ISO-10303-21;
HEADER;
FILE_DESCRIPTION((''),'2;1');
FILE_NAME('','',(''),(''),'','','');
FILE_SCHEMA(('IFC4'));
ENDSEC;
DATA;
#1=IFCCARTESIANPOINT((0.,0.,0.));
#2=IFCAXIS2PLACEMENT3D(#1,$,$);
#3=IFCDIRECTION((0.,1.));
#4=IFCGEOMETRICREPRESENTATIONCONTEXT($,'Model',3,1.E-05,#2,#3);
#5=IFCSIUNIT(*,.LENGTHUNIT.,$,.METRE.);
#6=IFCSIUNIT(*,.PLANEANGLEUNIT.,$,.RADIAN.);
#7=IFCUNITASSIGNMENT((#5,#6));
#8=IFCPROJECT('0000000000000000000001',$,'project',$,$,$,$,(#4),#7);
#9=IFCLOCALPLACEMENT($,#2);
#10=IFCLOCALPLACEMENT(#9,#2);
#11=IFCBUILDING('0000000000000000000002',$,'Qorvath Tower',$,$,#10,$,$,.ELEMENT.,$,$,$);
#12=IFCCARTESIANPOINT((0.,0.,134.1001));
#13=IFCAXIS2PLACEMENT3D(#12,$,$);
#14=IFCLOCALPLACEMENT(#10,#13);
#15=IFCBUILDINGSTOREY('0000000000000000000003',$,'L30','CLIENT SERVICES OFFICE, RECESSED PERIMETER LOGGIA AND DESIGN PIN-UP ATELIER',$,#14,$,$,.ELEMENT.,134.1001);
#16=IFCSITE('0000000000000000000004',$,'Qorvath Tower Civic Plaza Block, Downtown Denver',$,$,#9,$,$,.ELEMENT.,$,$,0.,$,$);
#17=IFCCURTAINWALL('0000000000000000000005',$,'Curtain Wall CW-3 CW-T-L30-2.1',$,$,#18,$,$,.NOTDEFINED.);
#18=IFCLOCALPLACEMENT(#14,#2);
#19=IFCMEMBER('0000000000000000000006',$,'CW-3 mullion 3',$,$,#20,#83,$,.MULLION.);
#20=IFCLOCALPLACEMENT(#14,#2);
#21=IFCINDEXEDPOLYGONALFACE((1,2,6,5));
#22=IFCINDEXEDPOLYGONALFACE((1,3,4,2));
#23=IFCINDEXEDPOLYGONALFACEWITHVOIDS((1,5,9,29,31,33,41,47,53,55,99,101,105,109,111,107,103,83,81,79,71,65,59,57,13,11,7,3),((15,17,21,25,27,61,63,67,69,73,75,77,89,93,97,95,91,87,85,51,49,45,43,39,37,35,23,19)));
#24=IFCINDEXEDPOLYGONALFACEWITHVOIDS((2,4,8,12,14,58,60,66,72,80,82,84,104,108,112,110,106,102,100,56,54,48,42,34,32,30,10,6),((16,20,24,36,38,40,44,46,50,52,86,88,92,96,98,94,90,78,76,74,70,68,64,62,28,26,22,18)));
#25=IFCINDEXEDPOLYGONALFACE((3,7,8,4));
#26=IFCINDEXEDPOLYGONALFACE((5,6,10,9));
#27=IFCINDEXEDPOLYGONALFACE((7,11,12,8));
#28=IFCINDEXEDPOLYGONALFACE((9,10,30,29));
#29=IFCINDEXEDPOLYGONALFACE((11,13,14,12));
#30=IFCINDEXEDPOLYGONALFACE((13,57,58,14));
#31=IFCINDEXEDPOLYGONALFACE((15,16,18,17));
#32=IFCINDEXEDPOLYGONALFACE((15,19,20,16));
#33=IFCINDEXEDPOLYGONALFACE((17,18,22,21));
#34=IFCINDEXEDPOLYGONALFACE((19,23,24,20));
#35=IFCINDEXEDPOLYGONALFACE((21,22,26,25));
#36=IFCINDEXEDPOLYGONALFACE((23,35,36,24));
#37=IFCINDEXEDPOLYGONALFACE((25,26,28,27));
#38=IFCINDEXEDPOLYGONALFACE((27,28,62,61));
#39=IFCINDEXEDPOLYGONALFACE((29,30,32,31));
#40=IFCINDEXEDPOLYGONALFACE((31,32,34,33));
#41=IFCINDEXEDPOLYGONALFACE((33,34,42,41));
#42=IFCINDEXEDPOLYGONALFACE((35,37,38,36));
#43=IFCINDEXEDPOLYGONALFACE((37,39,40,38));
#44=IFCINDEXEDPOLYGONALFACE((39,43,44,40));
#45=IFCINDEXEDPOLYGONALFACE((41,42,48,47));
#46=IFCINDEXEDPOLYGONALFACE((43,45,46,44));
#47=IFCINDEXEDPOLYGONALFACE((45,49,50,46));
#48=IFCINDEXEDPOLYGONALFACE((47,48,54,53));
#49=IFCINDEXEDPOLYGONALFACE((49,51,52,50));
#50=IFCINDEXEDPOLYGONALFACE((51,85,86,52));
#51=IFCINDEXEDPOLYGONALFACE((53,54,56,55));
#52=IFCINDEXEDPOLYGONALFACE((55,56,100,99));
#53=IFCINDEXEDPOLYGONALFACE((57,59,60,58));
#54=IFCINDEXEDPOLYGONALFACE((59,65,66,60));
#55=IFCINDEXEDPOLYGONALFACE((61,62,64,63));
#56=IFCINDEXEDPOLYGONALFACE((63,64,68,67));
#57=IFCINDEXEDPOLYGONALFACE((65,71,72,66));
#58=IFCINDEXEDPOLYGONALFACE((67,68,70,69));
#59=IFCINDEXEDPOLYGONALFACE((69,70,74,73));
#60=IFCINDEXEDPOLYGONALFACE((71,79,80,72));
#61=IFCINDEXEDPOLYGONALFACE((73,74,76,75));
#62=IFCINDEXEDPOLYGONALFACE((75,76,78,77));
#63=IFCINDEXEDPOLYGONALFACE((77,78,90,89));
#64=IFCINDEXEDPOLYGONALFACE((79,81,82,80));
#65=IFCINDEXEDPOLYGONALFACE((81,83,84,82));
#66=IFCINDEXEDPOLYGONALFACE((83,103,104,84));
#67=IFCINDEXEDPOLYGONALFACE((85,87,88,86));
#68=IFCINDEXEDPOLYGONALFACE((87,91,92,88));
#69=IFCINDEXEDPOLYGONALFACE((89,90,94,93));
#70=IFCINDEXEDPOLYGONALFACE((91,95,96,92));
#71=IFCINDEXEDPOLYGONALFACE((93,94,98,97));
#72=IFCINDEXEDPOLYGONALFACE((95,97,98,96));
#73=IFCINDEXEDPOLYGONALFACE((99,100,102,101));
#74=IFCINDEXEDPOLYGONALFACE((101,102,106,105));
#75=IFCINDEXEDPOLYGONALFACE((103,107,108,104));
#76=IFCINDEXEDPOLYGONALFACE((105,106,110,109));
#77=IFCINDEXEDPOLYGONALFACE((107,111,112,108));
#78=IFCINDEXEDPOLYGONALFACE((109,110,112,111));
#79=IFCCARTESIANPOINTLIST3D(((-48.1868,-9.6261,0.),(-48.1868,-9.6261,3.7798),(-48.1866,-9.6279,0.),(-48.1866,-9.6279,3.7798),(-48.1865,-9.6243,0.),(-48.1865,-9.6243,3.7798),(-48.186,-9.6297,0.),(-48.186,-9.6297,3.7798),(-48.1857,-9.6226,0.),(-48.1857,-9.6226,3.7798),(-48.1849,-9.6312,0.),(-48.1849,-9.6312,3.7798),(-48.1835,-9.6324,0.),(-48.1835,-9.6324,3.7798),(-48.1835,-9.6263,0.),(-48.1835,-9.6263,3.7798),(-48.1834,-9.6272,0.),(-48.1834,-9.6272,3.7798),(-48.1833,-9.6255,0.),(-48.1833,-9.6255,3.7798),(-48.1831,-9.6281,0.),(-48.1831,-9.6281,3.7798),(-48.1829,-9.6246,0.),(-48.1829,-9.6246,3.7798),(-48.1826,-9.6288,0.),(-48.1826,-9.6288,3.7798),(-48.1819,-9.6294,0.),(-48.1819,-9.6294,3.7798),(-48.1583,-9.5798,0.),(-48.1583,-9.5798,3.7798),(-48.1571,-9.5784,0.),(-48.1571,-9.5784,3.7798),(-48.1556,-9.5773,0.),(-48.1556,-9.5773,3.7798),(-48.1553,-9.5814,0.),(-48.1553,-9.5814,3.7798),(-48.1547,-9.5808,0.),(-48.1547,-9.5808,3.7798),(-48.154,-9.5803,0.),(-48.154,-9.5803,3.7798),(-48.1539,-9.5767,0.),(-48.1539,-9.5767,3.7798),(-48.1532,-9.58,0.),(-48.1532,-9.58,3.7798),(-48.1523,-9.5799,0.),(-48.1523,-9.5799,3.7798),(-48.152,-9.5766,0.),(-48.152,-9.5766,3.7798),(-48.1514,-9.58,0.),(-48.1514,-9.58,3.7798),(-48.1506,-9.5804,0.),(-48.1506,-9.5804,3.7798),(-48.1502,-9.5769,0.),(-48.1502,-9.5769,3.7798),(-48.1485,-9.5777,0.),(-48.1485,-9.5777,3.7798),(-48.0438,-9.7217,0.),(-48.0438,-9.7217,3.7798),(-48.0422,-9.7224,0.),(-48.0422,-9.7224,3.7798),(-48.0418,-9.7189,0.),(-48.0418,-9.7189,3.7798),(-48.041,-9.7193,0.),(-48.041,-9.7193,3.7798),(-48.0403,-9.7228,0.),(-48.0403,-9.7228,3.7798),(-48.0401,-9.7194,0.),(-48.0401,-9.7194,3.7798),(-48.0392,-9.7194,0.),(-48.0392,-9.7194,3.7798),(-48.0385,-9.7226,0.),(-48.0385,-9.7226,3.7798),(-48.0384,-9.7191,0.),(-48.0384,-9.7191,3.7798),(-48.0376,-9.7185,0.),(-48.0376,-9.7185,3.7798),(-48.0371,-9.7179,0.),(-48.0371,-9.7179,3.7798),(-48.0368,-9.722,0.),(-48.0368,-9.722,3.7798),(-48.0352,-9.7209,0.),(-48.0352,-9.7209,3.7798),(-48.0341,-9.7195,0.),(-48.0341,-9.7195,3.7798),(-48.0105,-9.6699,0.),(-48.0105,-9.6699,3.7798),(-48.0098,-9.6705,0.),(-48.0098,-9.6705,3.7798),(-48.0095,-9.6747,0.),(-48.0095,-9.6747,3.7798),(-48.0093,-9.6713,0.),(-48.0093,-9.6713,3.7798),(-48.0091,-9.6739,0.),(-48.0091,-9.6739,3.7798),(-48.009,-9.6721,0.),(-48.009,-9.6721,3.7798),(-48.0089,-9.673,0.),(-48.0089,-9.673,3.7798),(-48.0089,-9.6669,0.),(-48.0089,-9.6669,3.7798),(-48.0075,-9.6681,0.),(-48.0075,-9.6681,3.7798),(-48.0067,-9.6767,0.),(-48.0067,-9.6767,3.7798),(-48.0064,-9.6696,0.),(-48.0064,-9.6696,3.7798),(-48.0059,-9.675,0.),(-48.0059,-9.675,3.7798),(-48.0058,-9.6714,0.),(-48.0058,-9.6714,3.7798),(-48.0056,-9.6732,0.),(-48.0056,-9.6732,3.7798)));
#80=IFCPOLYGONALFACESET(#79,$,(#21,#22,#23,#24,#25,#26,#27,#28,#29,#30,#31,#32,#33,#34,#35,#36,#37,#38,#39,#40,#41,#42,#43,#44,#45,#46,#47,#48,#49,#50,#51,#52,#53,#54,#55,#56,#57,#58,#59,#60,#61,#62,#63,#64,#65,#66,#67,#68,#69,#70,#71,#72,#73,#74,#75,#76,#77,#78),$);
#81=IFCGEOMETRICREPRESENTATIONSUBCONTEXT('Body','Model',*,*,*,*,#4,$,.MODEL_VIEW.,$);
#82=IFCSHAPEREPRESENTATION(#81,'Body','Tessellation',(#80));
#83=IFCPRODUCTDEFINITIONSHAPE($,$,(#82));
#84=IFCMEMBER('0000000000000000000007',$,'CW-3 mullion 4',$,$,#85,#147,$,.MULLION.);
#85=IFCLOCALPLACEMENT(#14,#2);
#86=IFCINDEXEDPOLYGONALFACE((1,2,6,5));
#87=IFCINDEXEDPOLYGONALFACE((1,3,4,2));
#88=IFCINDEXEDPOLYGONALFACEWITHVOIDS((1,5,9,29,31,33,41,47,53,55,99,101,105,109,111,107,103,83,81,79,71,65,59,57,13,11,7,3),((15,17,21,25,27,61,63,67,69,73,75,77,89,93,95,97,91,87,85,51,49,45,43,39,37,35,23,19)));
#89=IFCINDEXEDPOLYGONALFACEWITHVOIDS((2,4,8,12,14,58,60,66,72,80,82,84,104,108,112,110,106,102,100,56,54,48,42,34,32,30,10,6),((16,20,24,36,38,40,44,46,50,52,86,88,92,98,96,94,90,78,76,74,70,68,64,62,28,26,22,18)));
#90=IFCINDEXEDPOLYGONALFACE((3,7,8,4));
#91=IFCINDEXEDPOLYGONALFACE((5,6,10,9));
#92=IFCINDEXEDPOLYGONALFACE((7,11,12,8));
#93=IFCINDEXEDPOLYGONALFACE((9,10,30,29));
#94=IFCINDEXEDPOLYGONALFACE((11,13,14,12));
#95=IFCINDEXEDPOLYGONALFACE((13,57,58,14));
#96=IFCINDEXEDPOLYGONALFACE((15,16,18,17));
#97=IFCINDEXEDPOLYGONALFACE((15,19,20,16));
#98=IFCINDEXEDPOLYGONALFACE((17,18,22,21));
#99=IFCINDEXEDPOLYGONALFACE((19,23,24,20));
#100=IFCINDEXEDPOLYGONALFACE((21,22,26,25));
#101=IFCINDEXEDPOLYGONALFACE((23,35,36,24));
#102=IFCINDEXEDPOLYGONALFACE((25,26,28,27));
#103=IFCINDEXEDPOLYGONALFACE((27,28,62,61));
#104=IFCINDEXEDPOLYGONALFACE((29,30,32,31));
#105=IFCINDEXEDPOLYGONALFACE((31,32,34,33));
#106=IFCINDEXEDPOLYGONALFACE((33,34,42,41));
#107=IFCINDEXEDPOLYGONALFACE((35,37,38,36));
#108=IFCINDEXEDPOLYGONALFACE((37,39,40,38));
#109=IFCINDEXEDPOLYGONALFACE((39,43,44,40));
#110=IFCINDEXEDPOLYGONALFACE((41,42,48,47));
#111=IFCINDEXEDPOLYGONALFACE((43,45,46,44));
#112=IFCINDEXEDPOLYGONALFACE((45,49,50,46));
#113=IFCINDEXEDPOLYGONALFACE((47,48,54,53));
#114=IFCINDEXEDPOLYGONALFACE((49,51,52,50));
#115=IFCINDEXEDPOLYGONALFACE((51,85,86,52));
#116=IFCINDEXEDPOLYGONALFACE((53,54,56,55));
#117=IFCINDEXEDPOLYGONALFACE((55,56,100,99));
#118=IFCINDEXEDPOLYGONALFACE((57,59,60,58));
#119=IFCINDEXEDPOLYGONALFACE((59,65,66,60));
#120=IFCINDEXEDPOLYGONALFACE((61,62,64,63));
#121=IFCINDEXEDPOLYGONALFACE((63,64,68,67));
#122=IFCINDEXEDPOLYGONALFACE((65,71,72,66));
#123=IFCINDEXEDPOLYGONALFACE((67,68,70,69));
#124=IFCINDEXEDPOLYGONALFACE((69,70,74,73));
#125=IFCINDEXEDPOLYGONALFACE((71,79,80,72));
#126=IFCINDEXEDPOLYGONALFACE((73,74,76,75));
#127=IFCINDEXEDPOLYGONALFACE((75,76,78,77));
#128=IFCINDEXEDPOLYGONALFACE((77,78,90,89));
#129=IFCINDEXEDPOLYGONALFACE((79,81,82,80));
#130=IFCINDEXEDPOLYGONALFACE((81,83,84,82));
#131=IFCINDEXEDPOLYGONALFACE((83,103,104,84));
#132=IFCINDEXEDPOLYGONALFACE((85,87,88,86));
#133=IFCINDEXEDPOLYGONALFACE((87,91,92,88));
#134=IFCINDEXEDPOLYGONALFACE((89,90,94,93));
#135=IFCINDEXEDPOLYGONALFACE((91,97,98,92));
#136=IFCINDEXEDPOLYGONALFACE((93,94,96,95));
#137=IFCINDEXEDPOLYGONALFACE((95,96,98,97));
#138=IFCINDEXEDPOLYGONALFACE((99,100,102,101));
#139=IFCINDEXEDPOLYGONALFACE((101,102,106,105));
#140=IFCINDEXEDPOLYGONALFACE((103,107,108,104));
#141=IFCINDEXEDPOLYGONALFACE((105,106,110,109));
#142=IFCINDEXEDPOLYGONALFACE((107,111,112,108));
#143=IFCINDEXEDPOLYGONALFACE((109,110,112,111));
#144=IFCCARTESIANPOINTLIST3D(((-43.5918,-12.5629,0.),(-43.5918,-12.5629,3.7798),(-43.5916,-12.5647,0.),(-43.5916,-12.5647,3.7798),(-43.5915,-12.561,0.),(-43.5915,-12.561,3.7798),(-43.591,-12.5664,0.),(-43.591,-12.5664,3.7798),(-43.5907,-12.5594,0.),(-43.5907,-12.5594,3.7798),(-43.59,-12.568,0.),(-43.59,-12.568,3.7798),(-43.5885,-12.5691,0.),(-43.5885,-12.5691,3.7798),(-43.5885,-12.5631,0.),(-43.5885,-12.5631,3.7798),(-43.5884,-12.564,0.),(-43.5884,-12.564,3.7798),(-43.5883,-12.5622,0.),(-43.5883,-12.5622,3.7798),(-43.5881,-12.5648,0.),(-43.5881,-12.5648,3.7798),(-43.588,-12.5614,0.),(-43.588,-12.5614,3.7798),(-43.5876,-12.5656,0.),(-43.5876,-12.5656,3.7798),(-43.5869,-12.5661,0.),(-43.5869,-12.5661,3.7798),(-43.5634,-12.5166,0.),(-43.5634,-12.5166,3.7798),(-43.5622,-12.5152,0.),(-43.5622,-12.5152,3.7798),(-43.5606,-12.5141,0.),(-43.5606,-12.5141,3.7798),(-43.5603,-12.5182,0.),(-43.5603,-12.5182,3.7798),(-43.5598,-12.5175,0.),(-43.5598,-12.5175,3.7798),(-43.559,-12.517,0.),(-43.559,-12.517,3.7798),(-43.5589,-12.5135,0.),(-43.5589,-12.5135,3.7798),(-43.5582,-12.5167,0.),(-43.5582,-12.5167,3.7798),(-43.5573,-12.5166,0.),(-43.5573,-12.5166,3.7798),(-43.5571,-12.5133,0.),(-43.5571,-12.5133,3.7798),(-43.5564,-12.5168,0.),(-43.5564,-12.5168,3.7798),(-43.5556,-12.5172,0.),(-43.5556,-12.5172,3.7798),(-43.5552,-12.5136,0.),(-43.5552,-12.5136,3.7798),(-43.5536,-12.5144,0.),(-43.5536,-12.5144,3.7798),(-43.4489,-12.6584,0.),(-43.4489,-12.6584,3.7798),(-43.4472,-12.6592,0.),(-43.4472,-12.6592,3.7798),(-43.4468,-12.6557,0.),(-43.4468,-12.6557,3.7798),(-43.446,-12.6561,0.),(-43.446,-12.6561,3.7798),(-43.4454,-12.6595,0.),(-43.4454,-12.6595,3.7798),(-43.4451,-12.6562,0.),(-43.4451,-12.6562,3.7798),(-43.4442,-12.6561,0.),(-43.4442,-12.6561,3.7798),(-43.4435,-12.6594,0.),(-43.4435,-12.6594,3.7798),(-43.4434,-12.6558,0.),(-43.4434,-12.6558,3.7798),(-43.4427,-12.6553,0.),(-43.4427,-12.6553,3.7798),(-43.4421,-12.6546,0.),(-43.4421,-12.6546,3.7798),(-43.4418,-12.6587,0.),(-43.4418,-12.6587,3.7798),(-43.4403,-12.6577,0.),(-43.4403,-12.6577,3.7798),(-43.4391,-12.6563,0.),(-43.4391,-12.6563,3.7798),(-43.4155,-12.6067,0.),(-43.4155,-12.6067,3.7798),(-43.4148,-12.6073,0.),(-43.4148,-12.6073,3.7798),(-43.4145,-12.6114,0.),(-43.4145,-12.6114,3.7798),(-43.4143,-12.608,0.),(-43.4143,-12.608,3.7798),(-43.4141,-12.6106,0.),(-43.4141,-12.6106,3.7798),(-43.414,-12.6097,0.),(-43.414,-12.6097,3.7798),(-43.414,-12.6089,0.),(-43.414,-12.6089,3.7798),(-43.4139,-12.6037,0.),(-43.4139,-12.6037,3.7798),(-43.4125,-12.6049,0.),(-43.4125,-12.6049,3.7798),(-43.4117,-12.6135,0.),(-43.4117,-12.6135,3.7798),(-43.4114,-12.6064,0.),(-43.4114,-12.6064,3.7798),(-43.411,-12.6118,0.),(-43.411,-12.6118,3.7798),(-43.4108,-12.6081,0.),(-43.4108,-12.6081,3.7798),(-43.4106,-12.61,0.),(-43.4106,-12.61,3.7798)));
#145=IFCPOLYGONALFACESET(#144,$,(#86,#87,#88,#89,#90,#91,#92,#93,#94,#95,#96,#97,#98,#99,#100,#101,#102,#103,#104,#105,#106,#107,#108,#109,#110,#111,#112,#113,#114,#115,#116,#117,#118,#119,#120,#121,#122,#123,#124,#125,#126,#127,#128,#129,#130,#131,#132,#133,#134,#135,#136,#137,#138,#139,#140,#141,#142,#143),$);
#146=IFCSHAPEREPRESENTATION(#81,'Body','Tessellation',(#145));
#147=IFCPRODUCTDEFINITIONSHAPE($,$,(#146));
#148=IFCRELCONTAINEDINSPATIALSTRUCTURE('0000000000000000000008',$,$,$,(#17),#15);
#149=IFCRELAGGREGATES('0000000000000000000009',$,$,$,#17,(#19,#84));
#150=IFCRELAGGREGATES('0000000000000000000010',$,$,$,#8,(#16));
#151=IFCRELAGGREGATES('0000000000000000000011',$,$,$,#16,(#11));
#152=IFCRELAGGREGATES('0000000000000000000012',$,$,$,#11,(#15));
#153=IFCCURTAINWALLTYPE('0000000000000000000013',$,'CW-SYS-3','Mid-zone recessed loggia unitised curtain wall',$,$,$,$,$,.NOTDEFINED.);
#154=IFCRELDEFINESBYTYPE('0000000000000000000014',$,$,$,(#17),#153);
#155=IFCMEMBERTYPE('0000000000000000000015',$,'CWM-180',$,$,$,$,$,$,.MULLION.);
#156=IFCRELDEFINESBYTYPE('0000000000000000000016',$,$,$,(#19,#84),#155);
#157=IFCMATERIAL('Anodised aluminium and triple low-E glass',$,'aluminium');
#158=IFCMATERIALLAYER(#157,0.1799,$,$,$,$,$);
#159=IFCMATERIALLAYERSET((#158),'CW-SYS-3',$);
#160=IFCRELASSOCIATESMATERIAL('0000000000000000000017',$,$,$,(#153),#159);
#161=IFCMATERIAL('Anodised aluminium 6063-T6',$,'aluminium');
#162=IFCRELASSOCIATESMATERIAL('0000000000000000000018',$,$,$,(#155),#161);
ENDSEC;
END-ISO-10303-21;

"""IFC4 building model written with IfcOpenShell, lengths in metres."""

from ifc_helpers import new_model, si_unit, direction, frame, origin, origin_2d, place, context, subcontext, project, spatial, hollow_rectangle, extrude, material, layer, layer_set, material_profile, profile_set, type_object, element, aggregate, save


model = new_model("IFC4")

# Units and contexts
model_context = context("Model", 3, precision=1e-05, world=origin(), true_north=direction((0.0, 1.0)))
body_context = subcontext(model_context, "Body", "Model", "MODEL_VIEW")
ifc_project = project(units=[si_unit("LENGTHUNIT", "METRE"), si_unit("PLANEANGLEUNIT", "RADIAN")], contexts=[model_context])

# Site, building, storey
site_placement = place(None, origin())
site = spatial("IfcSite", under=ifc_project, at=site_placement, Name="Qorvath Tower Civic Plaza Block, Downtown Denver", CompositionType="ELEMENT", RefElevation=0.0)
building_placement = place(site_placement, origin())
building = spatial("IfcBuilding", under=site, at=building_placement, Name="Qorvath Tower", CompositionType="ELEMENT")
storey_placement = place(building_placement, frame((0.0, 0.0, 134.1001)))
storey = spatial("IfcBuildingStorey", under=building, at=storey_placement, Name="L30", Description="CLIENT SERVICES OFFICE, RECESSED PERIMETER LOGGIA AND DESIGN PIN-UP ATELIER", CompositionType="ELEMENT", Elevation=134.1001)

# Curtain wall, members
ifc_material_1 = material(Name="Anodised aluminium and triple low-E glass", Category="aluminium")
ifc_layer_1 = layer(ifc_material_1, 0.1799)
ifc_layer_set_1 = layer_set([ifc_layer_1], Name="CW-SYS-3")
curtain_wall_type = type_object("IfcCurtainWallType", Name="CW-SYS-3", Description="Mid-zone recessed loggia unitised curtain wall", PredefinedType="NOTDEFINED", material=ifc_layer_set_1)
curtain_wall_placement = place(storey_placement, origin())
curtain_wall = element("IfcCurtainWall", 1, at=curtain_wall_placement, inside=storey, type_object=curtain_wall_type, Name="Curtain Wall CW-3 CW-T-L30-2.1", PredefinedType="NOTDEFINED")
ifc_material_2 = material(Name="Anodised aluminium 6063-T6", Category="aluminium")
ifc_material_profile_1 = material_profile(ifc_material_2, hollow_rectangle(XDim=0.0649, YDim=0.1799, WallThickness=0.0034, InnerFilletRadius=0.0034, OuterFilletRadius=0.0071, at=origin_2d()), Name="CWM 180x65")
ifc_profile_set_1 = profile_set([ifc_material_profile_1], Name="Anodised aluminium 6063-T6")
member_type_1 = type_object("IfcMemberType", Name="CWM-180", PredefinedType="MULLION", material=ifc_profile_set_1)
member_1_placement = place(storey_placement, frame((-48.0962, -9.6497, 0.0), z_axis=(0.0, 0.0, 1.0), x_axis=(0.538534, 0.842604, 0.0)))
member_1 = element("IfcMember", 2, at=member_1_placement, type_object=member_type_1, Name="CW-3 mullion 3", PredefinedType="MULLION", context=body_context, shape_type="SweptSolid", body=[
    extrude(hollow_rectangle(XDim=0.0649, YDim=0.1799, WallThickness=0.0034, InnerFilletRadius=0.0034, OuterFilletRadius=0.0071, at=origin_2d()), origin(), (0.0, 0.0, 1.0), 3.7798),
])
member_2_placement = place(storey_placement, frame((-43.5012, -12.5864, 0.0), z_axis=(0.0, 0.0, 1.0), x_axis=(0.538534, 0.842604, 0.0)))
member_2 = element("IfcMember", 3, at=member_2_placement, type_object=member_type_1, Name="CW-3 mullion 4", PredefinedType="MULLION", context=body_context, shape_type="SweptSolid", body=[
    extrude(hollow_rectangle(XDim=0.0649, YDim=0.1799, WallThickness=0.0034, InnerFilletRadius=0.0034, OuterFilletRadius=0.0071, at=origin_2d()), origin(), (0.0, 0.0, 1.0), 3.7798),
])
aggregate(curtain_wall, [member_1, member_2])

save(model, "model.ifc")
